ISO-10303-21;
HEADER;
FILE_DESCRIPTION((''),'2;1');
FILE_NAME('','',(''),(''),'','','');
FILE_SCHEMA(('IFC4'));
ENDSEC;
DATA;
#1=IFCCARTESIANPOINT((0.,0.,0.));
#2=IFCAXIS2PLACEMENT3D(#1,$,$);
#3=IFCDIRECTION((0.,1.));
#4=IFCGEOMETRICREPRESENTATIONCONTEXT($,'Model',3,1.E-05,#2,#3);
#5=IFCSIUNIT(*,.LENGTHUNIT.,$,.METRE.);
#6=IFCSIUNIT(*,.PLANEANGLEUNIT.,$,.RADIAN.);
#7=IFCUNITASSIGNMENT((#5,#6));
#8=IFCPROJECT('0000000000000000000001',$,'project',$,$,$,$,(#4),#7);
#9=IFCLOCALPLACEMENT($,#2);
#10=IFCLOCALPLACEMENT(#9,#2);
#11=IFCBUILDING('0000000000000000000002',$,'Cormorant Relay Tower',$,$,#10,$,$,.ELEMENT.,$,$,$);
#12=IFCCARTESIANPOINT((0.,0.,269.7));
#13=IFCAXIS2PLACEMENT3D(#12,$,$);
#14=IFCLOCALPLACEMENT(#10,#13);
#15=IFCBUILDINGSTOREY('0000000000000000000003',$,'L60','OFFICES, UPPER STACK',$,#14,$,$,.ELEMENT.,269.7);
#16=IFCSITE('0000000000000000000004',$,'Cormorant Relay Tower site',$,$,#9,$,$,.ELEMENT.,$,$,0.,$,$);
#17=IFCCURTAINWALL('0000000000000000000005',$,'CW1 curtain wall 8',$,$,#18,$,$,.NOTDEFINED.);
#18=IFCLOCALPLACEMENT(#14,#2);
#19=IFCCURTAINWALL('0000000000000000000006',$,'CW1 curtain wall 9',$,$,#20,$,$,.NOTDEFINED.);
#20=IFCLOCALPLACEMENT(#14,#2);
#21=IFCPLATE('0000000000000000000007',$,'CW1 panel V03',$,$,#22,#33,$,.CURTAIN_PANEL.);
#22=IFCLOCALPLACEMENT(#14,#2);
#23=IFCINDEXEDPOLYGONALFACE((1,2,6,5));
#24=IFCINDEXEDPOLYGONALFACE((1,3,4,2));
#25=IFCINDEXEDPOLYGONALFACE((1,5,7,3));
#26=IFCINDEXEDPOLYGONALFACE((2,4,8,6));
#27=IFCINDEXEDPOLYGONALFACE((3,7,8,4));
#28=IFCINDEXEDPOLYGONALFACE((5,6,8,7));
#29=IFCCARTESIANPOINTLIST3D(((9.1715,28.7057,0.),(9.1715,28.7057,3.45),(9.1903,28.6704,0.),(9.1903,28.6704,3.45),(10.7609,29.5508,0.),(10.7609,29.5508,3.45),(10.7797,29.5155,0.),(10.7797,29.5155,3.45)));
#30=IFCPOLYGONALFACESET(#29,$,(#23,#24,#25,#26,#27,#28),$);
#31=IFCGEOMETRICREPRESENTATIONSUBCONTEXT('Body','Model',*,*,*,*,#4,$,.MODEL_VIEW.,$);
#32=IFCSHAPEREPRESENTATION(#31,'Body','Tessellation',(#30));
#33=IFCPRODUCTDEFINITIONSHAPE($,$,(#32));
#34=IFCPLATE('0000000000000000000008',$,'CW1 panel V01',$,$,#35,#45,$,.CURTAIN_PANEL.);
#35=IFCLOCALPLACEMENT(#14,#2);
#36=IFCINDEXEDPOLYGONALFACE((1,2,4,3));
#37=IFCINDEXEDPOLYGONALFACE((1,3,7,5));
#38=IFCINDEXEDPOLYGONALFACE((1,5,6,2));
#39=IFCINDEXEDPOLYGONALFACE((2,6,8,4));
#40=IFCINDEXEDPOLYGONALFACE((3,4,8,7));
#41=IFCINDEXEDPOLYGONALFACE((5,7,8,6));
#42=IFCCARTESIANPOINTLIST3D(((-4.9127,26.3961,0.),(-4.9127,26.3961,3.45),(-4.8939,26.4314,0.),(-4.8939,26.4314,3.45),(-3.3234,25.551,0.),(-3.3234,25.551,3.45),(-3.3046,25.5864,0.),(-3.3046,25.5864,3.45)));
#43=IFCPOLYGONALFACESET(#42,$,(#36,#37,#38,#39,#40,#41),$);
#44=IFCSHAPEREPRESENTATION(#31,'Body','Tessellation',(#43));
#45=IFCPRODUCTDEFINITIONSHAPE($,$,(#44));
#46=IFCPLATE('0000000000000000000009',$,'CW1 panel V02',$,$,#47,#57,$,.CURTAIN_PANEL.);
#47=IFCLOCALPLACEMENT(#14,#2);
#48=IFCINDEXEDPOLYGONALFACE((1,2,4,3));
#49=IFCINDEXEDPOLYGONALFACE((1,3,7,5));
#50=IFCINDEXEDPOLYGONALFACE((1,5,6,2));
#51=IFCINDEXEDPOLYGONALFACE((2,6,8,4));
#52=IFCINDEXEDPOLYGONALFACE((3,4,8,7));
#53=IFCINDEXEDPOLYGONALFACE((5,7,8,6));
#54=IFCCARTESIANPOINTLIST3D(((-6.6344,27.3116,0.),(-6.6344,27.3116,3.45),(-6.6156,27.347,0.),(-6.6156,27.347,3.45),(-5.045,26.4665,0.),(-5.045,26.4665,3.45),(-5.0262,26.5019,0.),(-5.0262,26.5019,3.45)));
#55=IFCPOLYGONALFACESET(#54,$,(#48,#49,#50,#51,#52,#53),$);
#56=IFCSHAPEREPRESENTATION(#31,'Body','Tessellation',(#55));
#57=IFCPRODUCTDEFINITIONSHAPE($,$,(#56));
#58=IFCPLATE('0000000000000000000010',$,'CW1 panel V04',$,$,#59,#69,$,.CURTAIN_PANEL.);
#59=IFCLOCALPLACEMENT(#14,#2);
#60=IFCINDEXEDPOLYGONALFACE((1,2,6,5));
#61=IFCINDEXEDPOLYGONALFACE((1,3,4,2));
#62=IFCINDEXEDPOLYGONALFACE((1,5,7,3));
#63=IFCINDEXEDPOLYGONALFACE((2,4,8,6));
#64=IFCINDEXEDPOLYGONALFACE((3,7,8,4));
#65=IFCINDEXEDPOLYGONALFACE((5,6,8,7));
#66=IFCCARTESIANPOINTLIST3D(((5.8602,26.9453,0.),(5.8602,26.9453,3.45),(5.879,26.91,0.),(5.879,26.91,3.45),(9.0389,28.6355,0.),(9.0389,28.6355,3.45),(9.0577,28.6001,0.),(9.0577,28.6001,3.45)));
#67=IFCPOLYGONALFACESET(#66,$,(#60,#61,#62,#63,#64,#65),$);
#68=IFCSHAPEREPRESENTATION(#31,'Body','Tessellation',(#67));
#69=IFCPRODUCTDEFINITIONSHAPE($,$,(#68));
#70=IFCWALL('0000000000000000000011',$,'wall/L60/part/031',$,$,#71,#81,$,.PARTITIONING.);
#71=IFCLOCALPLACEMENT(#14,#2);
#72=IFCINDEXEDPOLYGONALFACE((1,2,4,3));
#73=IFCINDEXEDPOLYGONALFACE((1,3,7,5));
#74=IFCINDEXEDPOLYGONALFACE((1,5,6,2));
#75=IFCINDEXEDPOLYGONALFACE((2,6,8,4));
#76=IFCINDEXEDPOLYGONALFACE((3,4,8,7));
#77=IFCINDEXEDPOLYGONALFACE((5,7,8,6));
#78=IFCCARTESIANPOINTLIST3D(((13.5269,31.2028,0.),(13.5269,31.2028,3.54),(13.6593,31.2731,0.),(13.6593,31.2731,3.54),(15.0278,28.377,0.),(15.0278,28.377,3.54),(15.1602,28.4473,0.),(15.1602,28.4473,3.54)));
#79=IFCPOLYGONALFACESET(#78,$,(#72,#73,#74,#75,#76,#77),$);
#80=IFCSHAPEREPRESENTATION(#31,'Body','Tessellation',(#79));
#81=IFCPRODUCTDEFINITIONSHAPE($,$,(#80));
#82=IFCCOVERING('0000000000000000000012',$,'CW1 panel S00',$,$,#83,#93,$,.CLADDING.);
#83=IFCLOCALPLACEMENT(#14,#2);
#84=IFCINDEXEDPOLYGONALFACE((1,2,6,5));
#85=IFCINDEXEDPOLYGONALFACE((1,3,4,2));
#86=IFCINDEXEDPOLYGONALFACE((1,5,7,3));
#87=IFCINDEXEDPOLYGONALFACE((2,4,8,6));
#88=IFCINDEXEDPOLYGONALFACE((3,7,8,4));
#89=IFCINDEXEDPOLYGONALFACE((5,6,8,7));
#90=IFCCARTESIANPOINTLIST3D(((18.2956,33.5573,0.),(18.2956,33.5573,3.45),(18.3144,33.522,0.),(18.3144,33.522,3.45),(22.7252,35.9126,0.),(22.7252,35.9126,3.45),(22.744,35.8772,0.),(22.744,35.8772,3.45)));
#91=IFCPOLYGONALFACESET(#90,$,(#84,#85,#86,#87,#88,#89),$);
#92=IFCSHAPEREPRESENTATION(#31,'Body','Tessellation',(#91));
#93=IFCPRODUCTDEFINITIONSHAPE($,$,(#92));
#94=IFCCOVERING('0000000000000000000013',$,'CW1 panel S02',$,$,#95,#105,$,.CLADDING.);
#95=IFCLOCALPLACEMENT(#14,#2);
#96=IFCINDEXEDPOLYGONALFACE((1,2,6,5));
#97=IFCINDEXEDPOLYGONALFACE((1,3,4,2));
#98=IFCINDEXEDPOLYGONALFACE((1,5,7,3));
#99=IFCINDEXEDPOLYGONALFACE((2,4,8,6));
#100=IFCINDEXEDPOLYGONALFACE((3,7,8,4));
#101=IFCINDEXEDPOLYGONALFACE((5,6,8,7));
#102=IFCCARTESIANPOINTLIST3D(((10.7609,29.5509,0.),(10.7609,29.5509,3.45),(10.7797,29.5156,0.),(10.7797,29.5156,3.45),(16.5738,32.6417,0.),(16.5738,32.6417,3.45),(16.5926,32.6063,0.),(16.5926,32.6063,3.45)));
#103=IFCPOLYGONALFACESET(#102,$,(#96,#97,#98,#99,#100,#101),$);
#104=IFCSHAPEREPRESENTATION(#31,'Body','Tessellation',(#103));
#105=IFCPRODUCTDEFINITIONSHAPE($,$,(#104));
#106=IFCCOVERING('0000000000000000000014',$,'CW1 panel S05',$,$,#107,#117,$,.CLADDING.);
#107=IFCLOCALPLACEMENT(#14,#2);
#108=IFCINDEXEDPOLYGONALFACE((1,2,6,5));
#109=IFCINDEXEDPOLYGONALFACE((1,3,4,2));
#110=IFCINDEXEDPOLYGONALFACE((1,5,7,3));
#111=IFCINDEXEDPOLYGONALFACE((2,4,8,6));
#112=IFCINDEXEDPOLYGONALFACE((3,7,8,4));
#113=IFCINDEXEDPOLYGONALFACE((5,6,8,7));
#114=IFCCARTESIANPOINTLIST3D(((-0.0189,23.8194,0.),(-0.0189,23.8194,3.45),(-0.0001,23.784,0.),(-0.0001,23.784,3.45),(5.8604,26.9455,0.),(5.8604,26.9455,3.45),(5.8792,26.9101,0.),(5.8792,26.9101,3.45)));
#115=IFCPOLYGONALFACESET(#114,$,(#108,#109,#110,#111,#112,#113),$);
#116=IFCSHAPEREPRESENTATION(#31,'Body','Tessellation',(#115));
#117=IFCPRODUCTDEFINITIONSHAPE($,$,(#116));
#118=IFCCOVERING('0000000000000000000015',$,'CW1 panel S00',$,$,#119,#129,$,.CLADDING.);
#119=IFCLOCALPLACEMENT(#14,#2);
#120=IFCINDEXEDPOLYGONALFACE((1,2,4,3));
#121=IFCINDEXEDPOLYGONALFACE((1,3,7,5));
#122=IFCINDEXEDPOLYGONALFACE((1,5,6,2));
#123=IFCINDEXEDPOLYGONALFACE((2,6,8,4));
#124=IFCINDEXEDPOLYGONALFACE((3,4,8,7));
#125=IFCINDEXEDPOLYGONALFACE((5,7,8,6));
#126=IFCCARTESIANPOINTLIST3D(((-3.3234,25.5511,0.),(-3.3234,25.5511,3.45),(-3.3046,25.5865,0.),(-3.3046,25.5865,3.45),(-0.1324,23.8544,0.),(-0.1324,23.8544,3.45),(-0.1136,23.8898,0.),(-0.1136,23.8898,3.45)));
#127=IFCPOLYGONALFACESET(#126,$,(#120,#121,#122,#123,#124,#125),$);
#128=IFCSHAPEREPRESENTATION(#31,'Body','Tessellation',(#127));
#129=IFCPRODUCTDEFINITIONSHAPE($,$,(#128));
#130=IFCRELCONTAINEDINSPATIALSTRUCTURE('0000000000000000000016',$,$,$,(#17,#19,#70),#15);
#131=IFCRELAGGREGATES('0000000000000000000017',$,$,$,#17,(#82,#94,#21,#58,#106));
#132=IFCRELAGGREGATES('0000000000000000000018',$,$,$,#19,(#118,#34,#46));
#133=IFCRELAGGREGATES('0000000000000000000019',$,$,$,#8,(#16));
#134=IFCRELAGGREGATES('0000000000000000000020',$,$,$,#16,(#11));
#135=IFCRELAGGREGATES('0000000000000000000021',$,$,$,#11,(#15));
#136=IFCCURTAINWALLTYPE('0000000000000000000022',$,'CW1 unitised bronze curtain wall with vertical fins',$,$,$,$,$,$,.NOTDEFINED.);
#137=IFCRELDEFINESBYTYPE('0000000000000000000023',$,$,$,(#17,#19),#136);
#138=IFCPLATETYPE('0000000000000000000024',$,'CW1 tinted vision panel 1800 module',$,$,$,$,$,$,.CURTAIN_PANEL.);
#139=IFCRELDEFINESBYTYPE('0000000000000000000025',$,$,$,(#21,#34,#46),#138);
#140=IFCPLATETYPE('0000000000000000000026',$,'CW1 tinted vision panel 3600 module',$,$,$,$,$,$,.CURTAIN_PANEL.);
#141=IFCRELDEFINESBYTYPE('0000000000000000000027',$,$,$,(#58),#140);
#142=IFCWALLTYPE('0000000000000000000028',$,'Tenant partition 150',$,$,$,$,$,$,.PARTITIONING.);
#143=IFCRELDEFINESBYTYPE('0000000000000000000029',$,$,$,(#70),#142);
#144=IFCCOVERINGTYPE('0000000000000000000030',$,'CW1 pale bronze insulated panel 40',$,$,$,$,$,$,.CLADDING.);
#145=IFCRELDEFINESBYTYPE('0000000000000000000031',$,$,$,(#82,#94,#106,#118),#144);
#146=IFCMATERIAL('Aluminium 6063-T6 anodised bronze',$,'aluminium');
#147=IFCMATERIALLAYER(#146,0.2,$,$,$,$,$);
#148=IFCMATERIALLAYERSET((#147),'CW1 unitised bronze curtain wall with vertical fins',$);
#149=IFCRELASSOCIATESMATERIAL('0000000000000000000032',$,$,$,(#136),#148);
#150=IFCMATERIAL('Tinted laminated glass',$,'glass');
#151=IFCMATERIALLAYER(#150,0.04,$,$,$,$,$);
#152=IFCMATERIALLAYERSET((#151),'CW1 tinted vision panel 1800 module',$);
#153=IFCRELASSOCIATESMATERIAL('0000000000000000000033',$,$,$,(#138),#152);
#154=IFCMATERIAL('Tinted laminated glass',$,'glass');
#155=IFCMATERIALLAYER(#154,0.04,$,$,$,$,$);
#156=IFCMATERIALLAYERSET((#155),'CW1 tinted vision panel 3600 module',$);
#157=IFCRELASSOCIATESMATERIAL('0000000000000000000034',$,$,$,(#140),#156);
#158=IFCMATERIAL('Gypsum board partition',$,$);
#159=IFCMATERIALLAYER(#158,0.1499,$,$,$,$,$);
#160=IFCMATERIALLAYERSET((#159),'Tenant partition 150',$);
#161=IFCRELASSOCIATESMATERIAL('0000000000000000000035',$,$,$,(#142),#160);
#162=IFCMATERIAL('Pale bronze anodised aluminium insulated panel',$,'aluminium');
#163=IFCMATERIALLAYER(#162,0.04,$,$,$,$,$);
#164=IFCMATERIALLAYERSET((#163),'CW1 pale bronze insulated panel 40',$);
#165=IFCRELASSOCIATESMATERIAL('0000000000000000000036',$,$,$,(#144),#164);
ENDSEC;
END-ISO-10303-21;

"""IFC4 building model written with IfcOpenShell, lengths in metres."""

from ifc_helpers import new_model, si_unit, direction, frame, frame_2d, origin, origin_2d, place, context, subcontext, project, spatial, rectangle, extrude, material, layer, layer_set, type_object, element, aggregate, save


model = new_model("IFC4")

# Units and contexts
model_context = context("Model", 3, precision=1e-05, world=origin(), true_north=direction((0.0, 1.0)))
body_context = subcontext(model_context, "Body", "Model", "MODEL_VIEW")
ifc_project = project(units=[si_unit("LENGTHUNIT", "METRE"), si_unit("PLANEANGLEUNIT", "RADIAN")], contexts=[model_context])

# Site, building, storey
site_placement = place(None, origin())
site = spatial("IfcSite", under=ifc_project, at=site_placement, Name="Cormorant Relay Tower site", CompositionType="ELEMENT", RefElevation=0.0)
building_placement = place(site_placement, origin())
building = spatial("IfcBuilding", under=site, at=building_placement, Name="Cormorant Relay Tower", CompositionType="ELEMENT")
storey_placement = place(building_placement, frame((0.0, 0.0, 269.7)))
storey = spatial("IfcBuildingStorey", under=building, at=storey_placement, Name="L60", Description="OFFICES, UPPER STACK", CompositionType="ELEMENT", Elevation=269.7)

# Curtain walls
ifc_material_1 = material(Name="Aluminium 6063-T6 anodised bronze", Category="aluminium")
ifc_layer_1 = layer(ifc_material_1, 0.2)
ifc_layer_set_1 = layer_set([ifc_layer_1], Name="CW1 unitised bronze curtain wall with vertical fins")
curtain_wall_type = type_object("IfcCurtainWallType", Name="CW1 unitised bronze curtain wall with vertical fins", PredefinedType="NOTDEFINED", material=ifc_layer_set_1)
curtain_wall_1_placement = place(storey_placement, origin())
curtain_wall_1 = element("IfcCurtainWall", 1, at=curtain_wall_1_placement, inside=storey, type_object=curtain_wall_type, Name="CW1 curtain wall 8", PredefinedType="NOTDEFINED")
curtain_wall_2_placement = place(storey_placement, origin())
curtain_wall_2 = element("IfcCurtainWall", 2, at=curtain_wall_2_placement, inside=storey, type_object=curtain_wall_type, Name="CW1 curtain wall 9", PredefinedType="NOTDEFINED")

# Plates
ifc_material_2 = material(Name="Tinted laminated glass", Category="glass")
ifc_layer_2 = layer(ifc_material_2, 0.04)
ifc_layer_set_2 = layer_set([ifc_layer_2], Name="CW1 tinted vision panel 1800 module")
plate_type_1 = type_object("IfcPlateType", Name="CW1 tinted vision panel 1800 module", PredefinedType="CURTAIN_PANEL", material=ifc_layer_set_2)
plate_1_placement = place(storey_placement, frame((9.9756, 29.1106, 0.0), z_axis=(0.0, 0.0, 1.0), x_axis=(-0.882948, -0.469472, 0.0)))
plate_1 = element("IfcPlate", 3, at=plate_1_placement, type_object=plate_type_1, Name="CW1 panel V03", PredefinedType="CURTAIN_PANEL", context=body_context, shape_type="SweptSolid", body=[
    extrude(rectangle(XDim=1.8, YDim=0.04, at=origin_2d()), origin(), (0.0, 0.0, 1.0), 3.45),
])
plate_2_placement = place(storey_placement, frame((-4.1086, 25.9912, 0.0), z_axis=(0.0, 0.0, 1.0), x_axis=(-0.882948, 0.469472, 0.0)))
plate_2 = element("IfcPlate", 4, at=plate_2_placement, type_object=plate_type_1, Name="CW1 panel V01", PredefinedType="CURTAIN_PANEL", context=body_context, shape_type="SweptSolid", body=[
    extrude(rectangle(XDim=1.8, YDim=0.04, at=origin_2d()), origin(), (0.0, 0.0, 1.0), 3.45),
])
plate_3_placement = place(storey_placement, frame((-5.8303, 26.9067, 0.0), z_axis=(0.0, 0.0, 1.0), x_axis=(-0.882948, 0.469472, 0.0)))
plate_3 = element("IfcPlate", 5, at=plate_3_placement, type_object=plate_type_1, Name="CW1 panel V02", PredefinedType="CURTAIN_PANEL", context=body_context, shape_type="SweptSolid", body=[
    extrude(rectangle(XDim=1.8, YDim=0.04, at=origin_2d()), origin(), (0.0, 0.0, 1.0), 3.45),
])
ifc_material_3 = material(Name="Tinted laminated glass", Category="glass")
ifc_layer_3 = layer(ifc_material_3, 0.04)
ifc_layer_set_3 = layer_set([ifc_layer_3], Name="CW1 tinted vision panel 3600 module")
plate_type_2 = type_object("IfcPlateType", Name="CW1 tinted vision panel 3600 module", PredefinedType="CURTAIN_PANEL", material=ifc_layer_set_3)
plate_4_placement = place(storey_placement, frame((7.459, 27.7727, 0.0), z_axis=(0.0, 0.0, 1.0), x_axis=(-0.882948, -0.469472, 0.0)))
plate_4 = element("IfcPlate", 6, at=plate_4_placement, type_object=plate_type_2, Name="CW1 panel V04", PredefinedType="CURTAIN_PANEL", context=body_context, shape_type="SweptSolid", body=[
    extrude(rectangle(XDim=3.6001, YDim=0.04, at=origin_2d()), origin(), (0.0, 0.0, 1.0), 3.45),
])

# Wall
ifc_material_4 = material(Name="Gypsum board partition")
ifc_layer_4 = layer(ifc_material_4, 0.1499)
ifc_layer_set_4 = layer_set([ifc_layer_4], Name="Tenant partition 150")
wall_type = type_object("IfcWallType", Name="Tenant partition 150", PredefinedType="PARTITIONING", material=ifc_layer_set_4)
wall_placement = place(storey_placement, frame((15.094, 28.4121, 0.0), z_axis=(0.0, 0.0, 1.0), x_axis=(-0.469083, 0.883154, 0.0)))
element("IfcWall", 7, at=wall_placement, inside=storey, type_object=wall_type, Name="wall/L60/part/031", PredefinedType="PARTITIONING", context=body_context, shape_type="SweptSolid", body=[
    extrude(rectangle(XDim=3.1997, YDim=0.1499, at=frame_2d((1.5999, 0.0))), origin(), (0.0, 0.0, 1.0), 3.54),
])

# Coverings
ifc_material_5 = material(Name="Pale bronze anodised aluminium insulated panel", Category="aluminium")
ifc_layer_5 = layer(ifc_material_5, 0.04)
ifc_layer_set_5 = layer_set([ifc_layer_5], Name="CW1 pale bronze insulated panel 40")
covering_type = type_object("IfcCoveringType", Name="CW1 pale bronze insulated panel 40", PredefinedType="CLADDING", material=ifc_layer_set_5)
covering_1_placement = place(storey_placement, frame((20.5198, 34.7173, 0.0), z_axis=(0.0, 0.0, 1.0), x_axis=(-0.882948, -0.469472, 0.0)))
covering_1 = element("IfcCovering", 8, at=covering_1_placement, type_object=covering_type, Name="CW1 panel S00", PredefinedType="CLADDING", context=body_context, shape_type="SweptSolid", body=[
    extrude(rectangle(XDim=5.0168, YDim=0.04, at=origin_2d()), origin(), (0.0, 0.0, 1.0), 3.45),
])
covering_2_placement = place(storey_placement, frame((13.6768, 31.0786, 0.0), z_axis=(0.0, 0.0, 1.0), x_axis=(-0.882948, -0.469472, 0.0)))
covering_2 = element("IfcCovering", 9, at=covering_2_placement, type_object=covering_type, Name="CW1 panel S02", PredefinedType="CLADDING", context=body_context, shape_type="SweptSolid", body=[
    extrude(rectangle(XDim=6.5835, YDim=0.04, at=origin_2d()), origin(), (0.0, 0.0, 1.0), 3.45),
])
covering_3_placement = place(storey_placement, frame((2.9302, 25.3647, 0.0), z_axis=(0.0, 0.0, 1.0), x_axis=(-0.882948, -0.469472, 0.0)))
covering_3 = element("IfcCovering", 10, at=covering_3_placement, type_object=covering_type, Name="CW1 panel S05", PredefinedType="CLADDING", context=body_context, shape_type="SweptSolid", body=[
    extrude(rectangle(XDim=6.6587, YDim=0.04, at=origin_2d()), origin(), (0.0, 0.0, 1.0), 3.45),
])
aggregate(curtain_wall_1, [covering_1, covering_2, plate_1, plate_4, covering_3])
covering_4_placement = place(storey_placement, frame((-1.7185, 24.7205, 0.0), z_axis=(0.0, 0.0, 1.0), x_axis=(-0.882948, 0.469472, 0.0)))
covering_4 = element("IfcCovering", 11, at=covering_4_placement, type_object=covering_type, Name="CW1 panel S00", PredefinedType="CLADDING", context=body_context, shape_type="SweptSolid", body=[
    extrude(rectangle(XDim=3.614, YDim=0.04, at=origin_2d()), origin(), (0.0, 0.0, 1.0), 3.45),
])
aggregate(curtain_wall_2, [covering_4, plate_2, plate_3])

save(model, "model.ifc")
